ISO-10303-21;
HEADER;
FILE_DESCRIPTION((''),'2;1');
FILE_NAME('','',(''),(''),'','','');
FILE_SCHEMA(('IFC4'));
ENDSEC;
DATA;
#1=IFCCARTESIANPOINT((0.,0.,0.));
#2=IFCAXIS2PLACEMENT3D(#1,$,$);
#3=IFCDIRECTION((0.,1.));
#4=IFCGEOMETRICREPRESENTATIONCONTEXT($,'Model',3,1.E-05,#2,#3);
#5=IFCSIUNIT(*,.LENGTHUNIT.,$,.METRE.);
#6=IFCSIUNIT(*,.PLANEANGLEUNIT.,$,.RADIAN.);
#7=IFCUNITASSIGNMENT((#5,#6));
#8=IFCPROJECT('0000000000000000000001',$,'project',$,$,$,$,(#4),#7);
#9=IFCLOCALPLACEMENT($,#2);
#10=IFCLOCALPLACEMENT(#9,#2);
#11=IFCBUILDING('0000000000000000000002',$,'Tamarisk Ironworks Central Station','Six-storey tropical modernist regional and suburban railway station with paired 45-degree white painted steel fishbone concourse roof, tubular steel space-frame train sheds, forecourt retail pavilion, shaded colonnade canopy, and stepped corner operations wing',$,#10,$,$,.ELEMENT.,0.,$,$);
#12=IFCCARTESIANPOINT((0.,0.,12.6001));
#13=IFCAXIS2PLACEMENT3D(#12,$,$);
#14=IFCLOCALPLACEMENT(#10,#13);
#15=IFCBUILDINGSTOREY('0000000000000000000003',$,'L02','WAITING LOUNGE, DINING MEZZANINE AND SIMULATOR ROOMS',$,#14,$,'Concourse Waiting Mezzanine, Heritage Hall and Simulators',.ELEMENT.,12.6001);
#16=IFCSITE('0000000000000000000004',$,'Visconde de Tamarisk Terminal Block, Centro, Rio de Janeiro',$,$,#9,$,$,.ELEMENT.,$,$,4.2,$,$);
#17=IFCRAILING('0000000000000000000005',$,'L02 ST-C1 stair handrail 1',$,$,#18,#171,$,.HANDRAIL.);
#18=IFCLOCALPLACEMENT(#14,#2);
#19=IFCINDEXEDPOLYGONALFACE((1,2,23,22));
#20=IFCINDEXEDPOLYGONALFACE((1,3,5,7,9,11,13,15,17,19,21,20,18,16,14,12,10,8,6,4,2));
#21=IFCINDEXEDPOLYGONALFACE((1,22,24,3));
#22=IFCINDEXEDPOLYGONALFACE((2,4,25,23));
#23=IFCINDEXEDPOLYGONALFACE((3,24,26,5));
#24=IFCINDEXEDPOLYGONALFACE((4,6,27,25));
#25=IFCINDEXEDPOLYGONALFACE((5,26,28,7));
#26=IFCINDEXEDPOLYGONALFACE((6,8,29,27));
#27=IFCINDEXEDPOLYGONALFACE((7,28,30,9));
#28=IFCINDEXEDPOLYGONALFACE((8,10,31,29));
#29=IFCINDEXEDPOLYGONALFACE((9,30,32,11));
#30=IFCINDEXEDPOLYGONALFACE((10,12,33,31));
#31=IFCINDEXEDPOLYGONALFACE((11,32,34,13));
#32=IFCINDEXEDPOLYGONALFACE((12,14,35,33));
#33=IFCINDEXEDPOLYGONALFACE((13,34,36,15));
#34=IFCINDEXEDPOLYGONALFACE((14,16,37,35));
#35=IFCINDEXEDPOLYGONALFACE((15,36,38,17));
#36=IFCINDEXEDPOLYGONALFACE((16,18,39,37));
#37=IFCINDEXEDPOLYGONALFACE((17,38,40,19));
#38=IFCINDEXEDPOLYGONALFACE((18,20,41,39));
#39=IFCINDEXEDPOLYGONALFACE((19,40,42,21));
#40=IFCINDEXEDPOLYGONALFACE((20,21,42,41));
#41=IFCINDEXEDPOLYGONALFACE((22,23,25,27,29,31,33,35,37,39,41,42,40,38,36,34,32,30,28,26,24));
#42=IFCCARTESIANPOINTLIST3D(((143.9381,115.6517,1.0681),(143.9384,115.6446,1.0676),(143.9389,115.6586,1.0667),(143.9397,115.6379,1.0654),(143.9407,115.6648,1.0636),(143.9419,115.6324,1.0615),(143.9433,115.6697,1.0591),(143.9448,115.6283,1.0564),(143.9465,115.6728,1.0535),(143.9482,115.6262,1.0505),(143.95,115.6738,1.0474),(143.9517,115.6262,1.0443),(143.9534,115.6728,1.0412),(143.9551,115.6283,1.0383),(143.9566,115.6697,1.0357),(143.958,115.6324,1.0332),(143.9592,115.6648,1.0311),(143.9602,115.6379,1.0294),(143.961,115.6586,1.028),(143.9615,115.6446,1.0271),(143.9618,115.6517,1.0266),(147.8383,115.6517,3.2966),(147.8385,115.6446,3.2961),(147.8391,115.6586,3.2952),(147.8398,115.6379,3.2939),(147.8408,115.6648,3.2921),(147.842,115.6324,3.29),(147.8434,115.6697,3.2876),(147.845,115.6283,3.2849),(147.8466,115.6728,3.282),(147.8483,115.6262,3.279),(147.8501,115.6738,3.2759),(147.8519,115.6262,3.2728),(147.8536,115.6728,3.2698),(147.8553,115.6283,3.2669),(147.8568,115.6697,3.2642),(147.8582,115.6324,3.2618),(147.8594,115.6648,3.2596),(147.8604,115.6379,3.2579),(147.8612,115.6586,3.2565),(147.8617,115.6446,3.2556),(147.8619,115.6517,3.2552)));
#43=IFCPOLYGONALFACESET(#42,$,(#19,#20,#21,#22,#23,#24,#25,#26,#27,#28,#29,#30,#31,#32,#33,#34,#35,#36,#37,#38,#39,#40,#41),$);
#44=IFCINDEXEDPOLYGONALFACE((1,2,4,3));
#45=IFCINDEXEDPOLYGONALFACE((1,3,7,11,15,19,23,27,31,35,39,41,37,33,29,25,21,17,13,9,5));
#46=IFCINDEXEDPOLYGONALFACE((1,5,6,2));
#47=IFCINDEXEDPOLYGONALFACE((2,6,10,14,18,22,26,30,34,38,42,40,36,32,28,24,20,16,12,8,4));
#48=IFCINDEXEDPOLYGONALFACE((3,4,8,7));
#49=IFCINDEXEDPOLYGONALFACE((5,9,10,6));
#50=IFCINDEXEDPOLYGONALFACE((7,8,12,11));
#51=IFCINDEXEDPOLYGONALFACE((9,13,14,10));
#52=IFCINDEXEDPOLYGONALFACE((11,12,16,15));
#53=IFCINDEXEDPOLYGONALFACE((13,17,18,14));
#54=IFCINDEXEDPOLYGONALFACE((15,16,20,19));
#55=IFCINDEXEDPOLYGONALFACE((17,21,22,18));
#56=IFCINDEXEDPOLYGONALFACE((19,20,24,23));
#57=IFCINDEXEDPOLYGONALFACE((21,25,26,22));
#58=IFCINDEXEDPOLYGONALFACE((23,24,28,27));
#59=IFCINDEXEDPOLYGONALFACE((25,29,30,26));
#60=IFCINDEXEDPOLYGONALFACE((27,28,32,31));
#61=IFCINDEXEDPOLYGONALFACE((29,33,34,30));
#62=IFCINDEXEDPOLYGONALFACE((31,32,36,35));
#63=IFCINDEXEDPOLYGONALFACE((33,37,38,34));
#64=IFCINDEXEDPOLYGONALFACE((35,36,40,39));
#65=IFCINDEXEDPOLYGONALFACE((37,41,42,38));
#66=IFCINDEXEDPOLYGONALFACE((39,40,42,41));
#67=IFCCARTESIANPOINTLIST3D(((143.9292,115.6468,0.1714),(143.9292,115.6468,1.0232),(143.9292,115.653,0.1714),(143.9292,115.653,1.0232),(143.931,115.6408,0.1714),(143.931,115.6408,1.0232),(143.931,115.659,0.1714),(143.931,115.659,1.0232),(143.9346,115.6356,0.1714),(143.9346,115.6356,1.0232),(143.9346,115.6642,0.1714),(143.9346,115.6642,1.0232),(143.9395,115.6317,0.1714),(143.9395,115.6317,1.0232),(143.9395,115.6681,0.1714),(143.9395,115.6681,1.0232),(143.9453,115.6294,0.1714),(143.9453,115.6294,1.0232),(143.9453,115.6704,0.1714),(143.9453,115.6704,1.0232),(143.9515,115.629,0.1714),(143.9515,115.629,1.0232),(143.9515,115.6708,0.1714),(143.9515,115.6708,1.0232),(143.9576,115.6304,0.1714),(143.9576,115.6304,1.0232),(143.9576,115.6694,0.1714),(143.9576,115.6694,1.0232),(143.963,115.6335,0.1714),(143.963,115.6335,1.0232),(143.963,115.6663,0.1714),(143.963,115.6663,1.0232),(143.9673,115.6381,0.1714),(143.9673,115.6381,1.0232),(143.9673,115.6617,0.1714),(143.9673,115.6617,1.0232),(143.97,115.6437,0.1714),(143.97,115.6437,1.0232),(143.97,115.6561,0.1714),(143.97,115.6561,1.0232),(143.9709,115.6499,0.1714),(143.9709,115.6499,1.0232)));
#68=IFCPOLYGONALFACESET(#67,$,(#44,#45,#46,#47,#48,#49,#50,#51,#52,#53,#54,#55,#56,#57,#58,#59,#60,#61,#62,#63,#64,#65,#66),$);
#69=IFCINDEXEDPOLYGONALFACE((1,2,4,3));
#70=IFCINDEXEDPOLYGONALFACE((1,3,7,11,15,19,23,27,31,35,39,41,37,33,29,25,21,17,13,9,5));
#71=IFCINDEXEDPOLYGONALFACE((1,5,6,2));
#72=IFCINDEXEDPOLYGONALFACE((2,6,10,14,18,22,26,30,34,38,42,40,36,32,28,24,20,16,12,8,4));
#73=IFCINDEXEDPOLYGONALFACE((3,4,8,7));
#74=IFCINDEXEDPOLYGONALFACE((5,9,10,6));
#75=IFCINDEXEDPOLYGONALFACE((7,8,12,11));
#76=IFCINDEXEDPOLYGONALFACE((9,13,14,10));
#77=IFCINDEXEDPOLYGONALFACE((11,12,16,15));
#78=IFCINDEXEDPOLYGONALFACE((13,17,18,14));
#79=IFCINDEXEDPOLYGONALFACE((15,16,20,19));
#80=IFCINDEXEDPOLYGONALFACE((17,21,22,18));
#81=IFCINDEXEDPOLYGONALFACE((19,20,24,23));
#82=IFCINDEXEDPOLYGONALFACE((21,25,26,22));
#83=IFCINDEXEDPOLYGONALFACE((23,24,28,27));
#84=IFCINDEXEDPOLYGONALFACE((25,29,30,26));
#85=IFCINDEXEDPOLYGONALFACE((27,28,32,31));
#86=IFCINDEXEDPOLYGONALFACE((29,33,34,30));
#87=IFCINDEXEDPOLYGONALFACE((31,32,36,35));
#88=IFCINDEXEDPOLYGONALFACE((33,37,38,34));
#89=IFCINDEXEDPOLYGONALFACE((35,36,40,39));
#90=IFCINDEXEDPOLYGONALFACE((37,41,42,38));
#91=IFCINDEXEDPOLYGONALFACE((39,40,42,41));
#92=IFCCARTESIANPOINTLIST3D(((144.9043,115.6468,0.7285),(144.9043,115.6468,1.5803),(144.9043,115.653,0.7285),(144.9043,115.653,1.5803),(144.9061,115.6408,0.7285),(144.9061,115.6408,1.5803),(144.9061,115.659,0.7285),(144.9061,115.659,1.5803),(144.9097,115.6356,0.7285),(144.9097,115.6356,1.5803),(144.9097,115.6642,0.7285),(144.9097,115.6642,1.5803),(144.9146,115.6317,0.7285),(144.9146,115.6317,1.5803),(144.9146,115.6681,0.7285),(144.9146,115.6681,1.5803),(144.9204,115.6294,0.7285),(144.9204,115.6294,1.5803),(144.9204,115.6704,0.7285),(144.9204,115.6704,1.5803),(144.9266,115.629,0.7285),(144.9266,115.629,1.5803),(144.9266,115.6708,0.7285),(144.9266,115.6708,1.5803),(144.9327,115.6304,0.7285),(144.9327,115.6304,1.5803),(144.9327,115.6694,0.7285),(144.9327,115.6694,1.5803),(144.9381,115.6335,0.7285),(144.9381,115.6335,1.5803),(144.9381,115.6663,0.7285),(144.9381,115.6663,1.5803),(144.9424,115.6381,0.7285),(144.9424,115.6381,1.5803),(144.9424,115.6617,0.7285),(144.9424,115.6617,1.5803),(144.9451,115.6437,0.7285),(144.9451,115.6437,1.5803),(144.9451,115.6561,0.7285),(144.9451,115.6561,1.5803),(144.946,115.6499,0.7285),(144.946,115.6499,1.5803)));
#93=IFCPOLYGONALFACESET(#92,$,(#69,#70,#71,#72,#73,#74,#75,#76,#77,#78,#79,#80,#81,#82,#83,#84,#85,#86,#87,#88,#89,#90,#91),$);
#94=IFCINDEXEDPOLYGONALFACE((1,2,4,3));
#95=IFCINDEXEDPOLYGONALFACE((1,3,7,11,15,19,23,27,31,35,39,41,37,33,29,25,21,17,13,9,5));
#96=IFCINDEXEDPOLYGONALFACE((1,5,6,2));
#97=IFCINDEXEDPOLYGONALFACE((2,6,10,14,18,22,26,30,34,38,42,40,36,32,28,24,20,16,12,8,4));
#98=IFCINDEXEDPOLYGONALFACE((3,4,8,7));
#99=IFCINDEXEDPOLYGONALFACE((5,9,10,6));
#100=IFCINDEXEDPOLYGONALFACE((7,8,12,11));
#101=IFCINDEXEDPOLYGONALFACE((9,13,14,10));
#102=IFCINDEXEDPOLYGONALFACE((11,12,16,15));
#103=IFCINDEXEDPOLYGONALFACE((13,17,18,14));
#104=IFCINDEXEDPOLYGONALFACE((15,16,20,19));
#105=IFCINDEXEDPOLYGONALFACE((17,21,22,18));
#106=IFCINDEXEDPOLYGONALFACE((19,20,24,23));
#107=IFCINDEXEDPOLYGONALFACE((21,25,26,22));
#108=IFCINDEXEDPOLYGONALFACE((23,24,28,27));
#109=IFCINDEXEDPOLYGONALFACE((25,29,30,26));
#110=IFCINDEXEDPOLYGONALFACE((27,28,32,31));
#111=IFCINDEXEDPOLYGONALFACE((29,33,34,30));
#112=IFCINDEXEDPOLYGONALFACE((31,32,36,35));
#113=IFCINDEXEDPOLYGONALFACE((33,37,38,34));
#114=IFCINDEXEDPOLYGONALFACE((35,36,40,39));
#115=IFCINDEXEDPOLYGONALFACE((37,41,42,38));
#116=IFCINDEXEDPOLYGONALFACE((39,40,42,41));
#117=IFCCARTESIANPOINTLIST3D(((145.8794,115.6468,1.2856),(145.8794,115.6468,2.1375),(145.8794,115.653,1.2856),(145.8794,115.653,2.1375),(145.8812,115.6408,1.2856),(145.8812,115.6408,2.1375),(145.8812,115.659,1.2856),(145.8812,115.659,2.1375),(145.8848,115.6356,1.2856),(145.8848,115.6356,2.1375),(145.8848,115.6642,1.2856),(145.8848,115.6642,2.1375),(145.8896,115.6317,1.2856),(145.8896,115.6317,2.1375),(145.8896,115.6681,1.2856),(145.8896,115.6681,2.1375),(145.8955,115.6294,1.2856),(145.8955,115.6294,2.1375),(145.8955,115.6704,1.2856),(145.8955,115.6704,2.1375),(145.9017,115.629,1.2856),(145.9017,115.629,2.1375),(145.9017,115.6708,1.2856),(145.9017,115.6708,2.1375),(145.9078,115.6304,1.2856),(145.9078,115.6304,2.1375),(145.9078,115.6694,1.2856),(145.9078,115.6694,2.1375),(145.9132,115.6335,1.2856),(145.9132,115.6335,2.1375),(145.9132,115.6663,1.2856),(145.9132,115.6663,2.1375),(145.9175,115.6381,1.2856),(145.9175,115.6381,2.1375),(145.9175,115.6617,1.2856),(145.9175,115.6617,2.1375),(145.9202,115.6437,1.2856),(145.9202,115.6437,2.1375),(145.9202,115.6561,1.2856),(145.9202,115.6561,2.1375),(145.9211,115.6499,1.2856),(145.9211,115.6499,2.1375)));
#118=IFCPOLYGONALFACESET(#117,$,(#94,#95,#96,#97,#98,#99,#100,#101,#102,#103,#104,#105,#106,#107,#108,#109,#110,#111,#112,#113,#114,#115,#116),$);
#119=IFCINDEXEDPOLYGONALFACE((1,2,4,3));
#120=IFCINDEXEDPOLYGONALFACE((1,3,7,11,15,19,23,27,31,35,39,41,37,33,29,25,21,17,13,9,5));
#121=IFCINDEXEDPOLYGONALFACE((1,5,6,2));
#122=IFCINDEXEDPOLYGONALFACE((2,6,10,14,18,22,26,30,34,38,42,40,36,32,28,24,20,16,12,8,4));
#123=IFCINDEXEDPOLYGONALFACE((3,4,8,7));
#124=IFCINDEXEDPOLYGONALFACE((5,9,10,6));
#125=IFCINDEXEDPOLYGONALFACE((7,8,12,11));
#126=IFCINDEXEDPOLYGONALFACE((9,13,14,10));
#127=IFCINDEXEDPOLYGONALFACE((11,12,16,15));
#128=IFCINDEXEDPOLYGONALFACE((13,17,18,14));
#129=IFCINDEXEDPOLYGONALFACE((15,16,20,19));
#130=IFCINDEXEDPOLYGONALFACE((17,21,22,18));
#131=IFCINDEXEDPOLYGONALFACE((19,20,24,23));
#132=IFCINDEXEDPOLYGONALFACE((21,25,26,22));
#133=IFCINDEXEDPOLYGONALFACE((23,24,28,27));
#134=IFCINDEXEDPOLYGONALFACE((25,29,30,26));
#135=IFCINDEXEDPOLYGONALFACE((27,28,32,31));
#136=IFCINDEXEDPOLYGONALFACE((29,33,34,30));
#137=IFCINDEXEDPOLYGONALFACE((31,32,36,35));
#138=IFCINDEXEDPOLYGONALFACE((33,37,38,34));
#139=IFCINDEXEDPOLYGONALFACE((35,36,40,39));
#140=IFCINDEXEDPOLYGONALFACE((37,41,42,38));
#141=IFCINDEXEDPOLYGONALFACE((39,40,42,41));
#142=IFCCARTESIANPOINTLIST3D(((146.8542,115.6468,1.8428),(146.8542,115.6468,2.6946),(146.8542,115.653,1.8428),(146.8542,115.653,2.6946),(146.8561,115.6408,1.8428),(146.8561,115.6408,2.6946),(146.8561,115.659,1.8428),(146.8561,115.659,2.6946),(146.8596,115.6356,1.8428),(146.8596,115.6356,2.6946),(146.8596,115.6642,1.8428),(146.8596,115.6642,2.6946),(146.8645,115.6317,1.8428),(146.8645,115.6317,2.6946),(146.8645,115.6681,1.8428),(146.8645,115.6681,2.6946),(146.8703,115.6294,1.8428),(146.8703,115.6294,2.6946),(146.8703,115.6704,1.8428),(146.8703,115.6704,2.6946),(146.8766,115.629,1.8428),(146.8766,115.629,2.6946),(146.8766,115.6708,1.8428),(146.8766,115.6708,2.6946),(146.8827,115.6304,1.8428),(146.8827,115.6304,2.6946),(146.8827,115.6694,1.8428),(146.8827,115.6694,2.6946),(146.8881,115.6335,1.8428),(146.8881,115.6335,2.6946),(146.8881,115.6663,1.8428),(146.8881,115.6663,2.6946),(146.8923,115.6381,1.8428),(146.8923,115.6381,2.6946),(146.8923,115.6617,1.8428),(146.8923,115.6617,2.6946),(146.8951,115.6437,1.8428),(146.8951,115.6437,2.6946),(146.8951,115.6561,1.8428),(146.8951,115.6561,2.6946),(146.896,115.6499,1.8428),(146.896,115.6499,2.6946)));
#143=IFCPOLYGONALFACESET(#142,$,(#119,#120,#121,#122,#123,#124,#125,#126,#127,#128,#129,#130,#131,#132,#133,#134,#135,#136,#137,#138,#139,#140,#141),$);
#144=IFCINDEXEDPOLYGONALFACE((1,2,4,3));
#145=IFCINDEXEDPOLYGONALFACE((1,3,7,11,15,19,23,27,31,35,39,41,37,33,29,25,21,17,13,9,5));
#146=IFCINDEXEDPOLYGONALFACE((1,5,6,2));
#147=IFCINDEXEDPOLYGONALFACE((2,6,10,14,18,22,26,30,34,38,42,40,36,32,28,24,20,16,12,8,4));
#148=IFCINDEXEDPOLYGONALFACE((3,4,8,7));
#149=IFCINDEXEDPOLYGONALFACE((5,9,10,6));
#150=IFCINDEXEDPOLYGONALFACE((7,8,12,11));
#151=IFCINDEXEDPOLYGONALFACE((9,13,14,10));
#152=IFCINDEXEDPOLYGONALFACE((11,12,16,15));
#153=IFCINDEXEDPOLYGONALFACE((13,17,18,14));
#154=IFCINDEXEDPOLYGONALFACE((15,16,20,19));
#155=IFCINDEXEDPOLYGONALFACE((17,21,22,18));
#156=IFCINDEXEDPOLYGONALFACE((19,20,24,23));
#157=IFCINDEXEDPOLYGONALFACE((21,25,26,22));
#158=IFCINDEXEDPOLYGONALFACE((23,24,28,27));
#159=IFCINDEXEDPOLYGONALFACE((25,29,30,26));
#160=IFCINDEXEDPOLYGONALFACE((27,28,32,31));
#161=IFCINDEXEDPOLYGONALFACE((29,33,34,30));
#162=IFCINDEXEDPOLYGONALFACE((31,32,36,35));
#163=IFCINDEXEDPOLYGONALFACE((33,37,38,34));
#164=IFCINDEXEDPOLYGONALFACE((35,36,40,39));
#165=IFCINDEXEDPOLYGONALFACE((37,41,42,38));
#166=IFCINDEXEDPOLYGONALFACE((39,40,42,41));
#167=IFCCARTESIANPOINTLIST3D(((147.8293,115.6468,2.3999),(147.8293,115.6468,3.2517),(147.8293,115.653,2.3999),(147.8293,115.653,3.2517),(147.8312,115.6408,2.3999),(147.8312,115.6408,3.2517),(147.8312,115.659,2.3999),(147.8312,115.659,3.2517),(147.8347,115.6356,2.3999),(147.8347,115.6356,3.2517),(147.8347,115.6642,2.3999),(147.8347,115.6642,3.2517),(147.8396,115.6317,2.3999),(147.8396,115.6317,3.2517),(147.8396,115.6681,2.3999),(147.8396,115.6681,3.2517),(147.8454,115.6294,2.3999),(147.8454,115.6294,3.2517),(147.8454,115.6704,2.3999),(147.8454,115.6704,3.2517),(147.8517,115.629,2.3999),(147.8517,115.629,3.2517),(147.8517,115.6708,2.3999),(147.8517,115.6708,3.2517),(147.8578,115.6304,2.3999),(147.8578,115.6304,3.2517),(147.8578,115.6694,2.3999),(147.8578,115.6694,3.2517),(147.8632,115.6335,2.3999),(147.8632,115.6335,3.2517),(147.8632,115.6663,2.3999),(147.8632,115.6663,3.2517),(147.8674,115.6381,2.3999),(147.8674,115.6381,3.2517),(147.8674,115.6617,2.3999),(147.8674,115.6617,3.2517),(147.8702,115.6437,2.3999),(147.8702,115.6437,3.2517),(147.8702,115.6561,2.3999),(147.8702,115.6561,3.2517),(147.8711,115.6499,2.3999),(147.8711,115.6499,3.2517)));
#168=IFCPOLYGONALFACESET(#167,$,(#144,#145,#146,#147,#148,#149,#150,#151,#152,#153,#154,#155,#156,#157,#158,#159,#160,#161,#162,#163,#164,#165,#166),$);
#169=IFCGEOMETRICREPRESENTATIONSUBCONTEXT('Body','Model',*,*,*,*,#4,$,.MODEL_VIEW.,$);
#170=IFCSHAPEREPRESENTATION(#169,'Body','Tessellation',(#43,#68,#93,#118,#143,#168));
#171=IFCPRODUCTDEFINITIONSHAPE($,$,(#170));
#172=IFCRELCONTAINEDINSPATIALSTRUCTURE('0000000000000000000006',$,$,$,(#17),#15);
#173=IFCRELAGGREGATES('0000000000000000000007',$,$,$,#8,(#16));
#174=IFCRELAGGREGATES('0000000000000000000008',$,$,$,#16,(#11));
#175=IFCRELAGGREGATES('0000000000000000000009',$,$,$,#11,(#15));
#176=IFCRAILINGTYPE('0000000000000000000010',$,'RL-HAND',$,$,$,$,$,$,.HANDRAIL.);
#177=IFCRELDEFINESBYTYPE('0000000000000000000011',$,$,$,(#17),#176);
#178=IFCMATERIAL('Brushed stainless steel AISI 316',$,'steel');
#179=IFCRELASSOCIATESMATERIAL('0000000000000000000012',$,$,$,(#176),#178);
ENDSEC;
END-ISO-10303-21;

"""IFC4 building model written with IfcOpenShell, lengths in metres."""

from ifc_helpers import new_model, si_unit, direction, frame, origin, origin_2d, place, context, subcontext, project, spatial, circle, extrude, material, type_object, element, save


model = new_model("IFC4")

# Units and contexts
model_context = context("Model", 3, precision=1e-05, world=origin(), true_north=direction((0.0, 1.0)))
body_context = subcontext(model_context, "Body", "Model", "MODEL_VIEW")
ifc_project = project(units=[si_unit("LENGTHUNIT", "METRE"), si_unit("PLANEANGLEUNIT", "RADIAN")], contexts=[model_context])

# Site, building, storey
site_placement = place(None, origin())
site = spatial("IfcSite", under=ifc_project, at=site_placement, Name="Visconde de Tamarisk Terminal Block, Centro, Rio de Janeiro", CompositionType="ELEMENT", RefElevation=4.2)
building_placement = place(site_placement, origin())
building = spatial("IfcBuilding", under=site, at=building_placement, Name="Tamarisk Ironworks Central Station", Description="Six-storey tropical modernist regional and suburban railway station with paired 45-degree white painted steel fishbone concourse roof, tubular steel space-frame train sheds, forecourt retail pavilion, shaded colonnade canopy, and stepped corner operations wing", CompositionType="ELEMENT", ElevationOfRefHeight=0.0)
storey_placement = place(building_placement, frame((0.0, 0.0, 12.6001)))
storey = spatial("IfcBuildingStorey", under=building, at=storey_placement, Name="L02", Description="WAITING LOUNGE, DINING MEZZANINE AND SIMULATOR ROOMS", LongName="Concourse Waiting Mezzanine, Heritage Hall and Simulators", CompositionType="ELEMENT", Elevation=12.6001)

# Shared definitions
ifc_material_1 = material(Name="Brushed stainless steel AISI 316", Category="steel")

# Railing
railing_type_1 = type_object("IfcRailingType", Name="RL-HAND", PredefinedType="HANDRAIL", material=ifc_material_1)
railing_1_placement = place(storey_placement, frame((143.95, 115.6499, 0.1714)))
element("IfcRailing", 1, at=railing_1_placement, inside=storey, type_object=railing_type_1, Name="L02 ST-C1 stair handrail 1", PredefinedType="HANDRAIL", context=body_context, shape_type="SweptSolid", body=[
    extrude(circle(Radius=0.0239, at=origin_2d()), frame((0.0, 0.0, 0.876), z_axis=(0.868257, 0.0, 0.496116), x_axis=(0.0, 1.0, 0.0)), (0.0, 0.0, 1.0), 4.4919),
    extrude(circle(Radius=0.021, at=origin_2d()), origin(), (0.0, 0.0, 1.0), 0.8518),
    extrude(circle(Radius=0.021, at=origin_2d()), frame((0.9751, 0.0, 0.5571)), (0.0, 0.0, 1.0), 0.8518),
    extrude(circle(Radius=0.021, at=origin_2d()), frame((1.9502, 0.0, 1.1143)), (0.0, 0.0, 1.0), 0.8518),
    extrude(circle(Radius=0.021, at=origin_2d()), frame((2.925, 0.0, 1.6714)), (0.0, 0.0, 1.0), 0.8518),
    extrude(circle(Radius=0.021, at=origin_2d()), frame((3.9001, 0.0, 2.2285)), (0.0, 0.0, 1.0), 0.8518),
])

save(model, "model.ifc")
